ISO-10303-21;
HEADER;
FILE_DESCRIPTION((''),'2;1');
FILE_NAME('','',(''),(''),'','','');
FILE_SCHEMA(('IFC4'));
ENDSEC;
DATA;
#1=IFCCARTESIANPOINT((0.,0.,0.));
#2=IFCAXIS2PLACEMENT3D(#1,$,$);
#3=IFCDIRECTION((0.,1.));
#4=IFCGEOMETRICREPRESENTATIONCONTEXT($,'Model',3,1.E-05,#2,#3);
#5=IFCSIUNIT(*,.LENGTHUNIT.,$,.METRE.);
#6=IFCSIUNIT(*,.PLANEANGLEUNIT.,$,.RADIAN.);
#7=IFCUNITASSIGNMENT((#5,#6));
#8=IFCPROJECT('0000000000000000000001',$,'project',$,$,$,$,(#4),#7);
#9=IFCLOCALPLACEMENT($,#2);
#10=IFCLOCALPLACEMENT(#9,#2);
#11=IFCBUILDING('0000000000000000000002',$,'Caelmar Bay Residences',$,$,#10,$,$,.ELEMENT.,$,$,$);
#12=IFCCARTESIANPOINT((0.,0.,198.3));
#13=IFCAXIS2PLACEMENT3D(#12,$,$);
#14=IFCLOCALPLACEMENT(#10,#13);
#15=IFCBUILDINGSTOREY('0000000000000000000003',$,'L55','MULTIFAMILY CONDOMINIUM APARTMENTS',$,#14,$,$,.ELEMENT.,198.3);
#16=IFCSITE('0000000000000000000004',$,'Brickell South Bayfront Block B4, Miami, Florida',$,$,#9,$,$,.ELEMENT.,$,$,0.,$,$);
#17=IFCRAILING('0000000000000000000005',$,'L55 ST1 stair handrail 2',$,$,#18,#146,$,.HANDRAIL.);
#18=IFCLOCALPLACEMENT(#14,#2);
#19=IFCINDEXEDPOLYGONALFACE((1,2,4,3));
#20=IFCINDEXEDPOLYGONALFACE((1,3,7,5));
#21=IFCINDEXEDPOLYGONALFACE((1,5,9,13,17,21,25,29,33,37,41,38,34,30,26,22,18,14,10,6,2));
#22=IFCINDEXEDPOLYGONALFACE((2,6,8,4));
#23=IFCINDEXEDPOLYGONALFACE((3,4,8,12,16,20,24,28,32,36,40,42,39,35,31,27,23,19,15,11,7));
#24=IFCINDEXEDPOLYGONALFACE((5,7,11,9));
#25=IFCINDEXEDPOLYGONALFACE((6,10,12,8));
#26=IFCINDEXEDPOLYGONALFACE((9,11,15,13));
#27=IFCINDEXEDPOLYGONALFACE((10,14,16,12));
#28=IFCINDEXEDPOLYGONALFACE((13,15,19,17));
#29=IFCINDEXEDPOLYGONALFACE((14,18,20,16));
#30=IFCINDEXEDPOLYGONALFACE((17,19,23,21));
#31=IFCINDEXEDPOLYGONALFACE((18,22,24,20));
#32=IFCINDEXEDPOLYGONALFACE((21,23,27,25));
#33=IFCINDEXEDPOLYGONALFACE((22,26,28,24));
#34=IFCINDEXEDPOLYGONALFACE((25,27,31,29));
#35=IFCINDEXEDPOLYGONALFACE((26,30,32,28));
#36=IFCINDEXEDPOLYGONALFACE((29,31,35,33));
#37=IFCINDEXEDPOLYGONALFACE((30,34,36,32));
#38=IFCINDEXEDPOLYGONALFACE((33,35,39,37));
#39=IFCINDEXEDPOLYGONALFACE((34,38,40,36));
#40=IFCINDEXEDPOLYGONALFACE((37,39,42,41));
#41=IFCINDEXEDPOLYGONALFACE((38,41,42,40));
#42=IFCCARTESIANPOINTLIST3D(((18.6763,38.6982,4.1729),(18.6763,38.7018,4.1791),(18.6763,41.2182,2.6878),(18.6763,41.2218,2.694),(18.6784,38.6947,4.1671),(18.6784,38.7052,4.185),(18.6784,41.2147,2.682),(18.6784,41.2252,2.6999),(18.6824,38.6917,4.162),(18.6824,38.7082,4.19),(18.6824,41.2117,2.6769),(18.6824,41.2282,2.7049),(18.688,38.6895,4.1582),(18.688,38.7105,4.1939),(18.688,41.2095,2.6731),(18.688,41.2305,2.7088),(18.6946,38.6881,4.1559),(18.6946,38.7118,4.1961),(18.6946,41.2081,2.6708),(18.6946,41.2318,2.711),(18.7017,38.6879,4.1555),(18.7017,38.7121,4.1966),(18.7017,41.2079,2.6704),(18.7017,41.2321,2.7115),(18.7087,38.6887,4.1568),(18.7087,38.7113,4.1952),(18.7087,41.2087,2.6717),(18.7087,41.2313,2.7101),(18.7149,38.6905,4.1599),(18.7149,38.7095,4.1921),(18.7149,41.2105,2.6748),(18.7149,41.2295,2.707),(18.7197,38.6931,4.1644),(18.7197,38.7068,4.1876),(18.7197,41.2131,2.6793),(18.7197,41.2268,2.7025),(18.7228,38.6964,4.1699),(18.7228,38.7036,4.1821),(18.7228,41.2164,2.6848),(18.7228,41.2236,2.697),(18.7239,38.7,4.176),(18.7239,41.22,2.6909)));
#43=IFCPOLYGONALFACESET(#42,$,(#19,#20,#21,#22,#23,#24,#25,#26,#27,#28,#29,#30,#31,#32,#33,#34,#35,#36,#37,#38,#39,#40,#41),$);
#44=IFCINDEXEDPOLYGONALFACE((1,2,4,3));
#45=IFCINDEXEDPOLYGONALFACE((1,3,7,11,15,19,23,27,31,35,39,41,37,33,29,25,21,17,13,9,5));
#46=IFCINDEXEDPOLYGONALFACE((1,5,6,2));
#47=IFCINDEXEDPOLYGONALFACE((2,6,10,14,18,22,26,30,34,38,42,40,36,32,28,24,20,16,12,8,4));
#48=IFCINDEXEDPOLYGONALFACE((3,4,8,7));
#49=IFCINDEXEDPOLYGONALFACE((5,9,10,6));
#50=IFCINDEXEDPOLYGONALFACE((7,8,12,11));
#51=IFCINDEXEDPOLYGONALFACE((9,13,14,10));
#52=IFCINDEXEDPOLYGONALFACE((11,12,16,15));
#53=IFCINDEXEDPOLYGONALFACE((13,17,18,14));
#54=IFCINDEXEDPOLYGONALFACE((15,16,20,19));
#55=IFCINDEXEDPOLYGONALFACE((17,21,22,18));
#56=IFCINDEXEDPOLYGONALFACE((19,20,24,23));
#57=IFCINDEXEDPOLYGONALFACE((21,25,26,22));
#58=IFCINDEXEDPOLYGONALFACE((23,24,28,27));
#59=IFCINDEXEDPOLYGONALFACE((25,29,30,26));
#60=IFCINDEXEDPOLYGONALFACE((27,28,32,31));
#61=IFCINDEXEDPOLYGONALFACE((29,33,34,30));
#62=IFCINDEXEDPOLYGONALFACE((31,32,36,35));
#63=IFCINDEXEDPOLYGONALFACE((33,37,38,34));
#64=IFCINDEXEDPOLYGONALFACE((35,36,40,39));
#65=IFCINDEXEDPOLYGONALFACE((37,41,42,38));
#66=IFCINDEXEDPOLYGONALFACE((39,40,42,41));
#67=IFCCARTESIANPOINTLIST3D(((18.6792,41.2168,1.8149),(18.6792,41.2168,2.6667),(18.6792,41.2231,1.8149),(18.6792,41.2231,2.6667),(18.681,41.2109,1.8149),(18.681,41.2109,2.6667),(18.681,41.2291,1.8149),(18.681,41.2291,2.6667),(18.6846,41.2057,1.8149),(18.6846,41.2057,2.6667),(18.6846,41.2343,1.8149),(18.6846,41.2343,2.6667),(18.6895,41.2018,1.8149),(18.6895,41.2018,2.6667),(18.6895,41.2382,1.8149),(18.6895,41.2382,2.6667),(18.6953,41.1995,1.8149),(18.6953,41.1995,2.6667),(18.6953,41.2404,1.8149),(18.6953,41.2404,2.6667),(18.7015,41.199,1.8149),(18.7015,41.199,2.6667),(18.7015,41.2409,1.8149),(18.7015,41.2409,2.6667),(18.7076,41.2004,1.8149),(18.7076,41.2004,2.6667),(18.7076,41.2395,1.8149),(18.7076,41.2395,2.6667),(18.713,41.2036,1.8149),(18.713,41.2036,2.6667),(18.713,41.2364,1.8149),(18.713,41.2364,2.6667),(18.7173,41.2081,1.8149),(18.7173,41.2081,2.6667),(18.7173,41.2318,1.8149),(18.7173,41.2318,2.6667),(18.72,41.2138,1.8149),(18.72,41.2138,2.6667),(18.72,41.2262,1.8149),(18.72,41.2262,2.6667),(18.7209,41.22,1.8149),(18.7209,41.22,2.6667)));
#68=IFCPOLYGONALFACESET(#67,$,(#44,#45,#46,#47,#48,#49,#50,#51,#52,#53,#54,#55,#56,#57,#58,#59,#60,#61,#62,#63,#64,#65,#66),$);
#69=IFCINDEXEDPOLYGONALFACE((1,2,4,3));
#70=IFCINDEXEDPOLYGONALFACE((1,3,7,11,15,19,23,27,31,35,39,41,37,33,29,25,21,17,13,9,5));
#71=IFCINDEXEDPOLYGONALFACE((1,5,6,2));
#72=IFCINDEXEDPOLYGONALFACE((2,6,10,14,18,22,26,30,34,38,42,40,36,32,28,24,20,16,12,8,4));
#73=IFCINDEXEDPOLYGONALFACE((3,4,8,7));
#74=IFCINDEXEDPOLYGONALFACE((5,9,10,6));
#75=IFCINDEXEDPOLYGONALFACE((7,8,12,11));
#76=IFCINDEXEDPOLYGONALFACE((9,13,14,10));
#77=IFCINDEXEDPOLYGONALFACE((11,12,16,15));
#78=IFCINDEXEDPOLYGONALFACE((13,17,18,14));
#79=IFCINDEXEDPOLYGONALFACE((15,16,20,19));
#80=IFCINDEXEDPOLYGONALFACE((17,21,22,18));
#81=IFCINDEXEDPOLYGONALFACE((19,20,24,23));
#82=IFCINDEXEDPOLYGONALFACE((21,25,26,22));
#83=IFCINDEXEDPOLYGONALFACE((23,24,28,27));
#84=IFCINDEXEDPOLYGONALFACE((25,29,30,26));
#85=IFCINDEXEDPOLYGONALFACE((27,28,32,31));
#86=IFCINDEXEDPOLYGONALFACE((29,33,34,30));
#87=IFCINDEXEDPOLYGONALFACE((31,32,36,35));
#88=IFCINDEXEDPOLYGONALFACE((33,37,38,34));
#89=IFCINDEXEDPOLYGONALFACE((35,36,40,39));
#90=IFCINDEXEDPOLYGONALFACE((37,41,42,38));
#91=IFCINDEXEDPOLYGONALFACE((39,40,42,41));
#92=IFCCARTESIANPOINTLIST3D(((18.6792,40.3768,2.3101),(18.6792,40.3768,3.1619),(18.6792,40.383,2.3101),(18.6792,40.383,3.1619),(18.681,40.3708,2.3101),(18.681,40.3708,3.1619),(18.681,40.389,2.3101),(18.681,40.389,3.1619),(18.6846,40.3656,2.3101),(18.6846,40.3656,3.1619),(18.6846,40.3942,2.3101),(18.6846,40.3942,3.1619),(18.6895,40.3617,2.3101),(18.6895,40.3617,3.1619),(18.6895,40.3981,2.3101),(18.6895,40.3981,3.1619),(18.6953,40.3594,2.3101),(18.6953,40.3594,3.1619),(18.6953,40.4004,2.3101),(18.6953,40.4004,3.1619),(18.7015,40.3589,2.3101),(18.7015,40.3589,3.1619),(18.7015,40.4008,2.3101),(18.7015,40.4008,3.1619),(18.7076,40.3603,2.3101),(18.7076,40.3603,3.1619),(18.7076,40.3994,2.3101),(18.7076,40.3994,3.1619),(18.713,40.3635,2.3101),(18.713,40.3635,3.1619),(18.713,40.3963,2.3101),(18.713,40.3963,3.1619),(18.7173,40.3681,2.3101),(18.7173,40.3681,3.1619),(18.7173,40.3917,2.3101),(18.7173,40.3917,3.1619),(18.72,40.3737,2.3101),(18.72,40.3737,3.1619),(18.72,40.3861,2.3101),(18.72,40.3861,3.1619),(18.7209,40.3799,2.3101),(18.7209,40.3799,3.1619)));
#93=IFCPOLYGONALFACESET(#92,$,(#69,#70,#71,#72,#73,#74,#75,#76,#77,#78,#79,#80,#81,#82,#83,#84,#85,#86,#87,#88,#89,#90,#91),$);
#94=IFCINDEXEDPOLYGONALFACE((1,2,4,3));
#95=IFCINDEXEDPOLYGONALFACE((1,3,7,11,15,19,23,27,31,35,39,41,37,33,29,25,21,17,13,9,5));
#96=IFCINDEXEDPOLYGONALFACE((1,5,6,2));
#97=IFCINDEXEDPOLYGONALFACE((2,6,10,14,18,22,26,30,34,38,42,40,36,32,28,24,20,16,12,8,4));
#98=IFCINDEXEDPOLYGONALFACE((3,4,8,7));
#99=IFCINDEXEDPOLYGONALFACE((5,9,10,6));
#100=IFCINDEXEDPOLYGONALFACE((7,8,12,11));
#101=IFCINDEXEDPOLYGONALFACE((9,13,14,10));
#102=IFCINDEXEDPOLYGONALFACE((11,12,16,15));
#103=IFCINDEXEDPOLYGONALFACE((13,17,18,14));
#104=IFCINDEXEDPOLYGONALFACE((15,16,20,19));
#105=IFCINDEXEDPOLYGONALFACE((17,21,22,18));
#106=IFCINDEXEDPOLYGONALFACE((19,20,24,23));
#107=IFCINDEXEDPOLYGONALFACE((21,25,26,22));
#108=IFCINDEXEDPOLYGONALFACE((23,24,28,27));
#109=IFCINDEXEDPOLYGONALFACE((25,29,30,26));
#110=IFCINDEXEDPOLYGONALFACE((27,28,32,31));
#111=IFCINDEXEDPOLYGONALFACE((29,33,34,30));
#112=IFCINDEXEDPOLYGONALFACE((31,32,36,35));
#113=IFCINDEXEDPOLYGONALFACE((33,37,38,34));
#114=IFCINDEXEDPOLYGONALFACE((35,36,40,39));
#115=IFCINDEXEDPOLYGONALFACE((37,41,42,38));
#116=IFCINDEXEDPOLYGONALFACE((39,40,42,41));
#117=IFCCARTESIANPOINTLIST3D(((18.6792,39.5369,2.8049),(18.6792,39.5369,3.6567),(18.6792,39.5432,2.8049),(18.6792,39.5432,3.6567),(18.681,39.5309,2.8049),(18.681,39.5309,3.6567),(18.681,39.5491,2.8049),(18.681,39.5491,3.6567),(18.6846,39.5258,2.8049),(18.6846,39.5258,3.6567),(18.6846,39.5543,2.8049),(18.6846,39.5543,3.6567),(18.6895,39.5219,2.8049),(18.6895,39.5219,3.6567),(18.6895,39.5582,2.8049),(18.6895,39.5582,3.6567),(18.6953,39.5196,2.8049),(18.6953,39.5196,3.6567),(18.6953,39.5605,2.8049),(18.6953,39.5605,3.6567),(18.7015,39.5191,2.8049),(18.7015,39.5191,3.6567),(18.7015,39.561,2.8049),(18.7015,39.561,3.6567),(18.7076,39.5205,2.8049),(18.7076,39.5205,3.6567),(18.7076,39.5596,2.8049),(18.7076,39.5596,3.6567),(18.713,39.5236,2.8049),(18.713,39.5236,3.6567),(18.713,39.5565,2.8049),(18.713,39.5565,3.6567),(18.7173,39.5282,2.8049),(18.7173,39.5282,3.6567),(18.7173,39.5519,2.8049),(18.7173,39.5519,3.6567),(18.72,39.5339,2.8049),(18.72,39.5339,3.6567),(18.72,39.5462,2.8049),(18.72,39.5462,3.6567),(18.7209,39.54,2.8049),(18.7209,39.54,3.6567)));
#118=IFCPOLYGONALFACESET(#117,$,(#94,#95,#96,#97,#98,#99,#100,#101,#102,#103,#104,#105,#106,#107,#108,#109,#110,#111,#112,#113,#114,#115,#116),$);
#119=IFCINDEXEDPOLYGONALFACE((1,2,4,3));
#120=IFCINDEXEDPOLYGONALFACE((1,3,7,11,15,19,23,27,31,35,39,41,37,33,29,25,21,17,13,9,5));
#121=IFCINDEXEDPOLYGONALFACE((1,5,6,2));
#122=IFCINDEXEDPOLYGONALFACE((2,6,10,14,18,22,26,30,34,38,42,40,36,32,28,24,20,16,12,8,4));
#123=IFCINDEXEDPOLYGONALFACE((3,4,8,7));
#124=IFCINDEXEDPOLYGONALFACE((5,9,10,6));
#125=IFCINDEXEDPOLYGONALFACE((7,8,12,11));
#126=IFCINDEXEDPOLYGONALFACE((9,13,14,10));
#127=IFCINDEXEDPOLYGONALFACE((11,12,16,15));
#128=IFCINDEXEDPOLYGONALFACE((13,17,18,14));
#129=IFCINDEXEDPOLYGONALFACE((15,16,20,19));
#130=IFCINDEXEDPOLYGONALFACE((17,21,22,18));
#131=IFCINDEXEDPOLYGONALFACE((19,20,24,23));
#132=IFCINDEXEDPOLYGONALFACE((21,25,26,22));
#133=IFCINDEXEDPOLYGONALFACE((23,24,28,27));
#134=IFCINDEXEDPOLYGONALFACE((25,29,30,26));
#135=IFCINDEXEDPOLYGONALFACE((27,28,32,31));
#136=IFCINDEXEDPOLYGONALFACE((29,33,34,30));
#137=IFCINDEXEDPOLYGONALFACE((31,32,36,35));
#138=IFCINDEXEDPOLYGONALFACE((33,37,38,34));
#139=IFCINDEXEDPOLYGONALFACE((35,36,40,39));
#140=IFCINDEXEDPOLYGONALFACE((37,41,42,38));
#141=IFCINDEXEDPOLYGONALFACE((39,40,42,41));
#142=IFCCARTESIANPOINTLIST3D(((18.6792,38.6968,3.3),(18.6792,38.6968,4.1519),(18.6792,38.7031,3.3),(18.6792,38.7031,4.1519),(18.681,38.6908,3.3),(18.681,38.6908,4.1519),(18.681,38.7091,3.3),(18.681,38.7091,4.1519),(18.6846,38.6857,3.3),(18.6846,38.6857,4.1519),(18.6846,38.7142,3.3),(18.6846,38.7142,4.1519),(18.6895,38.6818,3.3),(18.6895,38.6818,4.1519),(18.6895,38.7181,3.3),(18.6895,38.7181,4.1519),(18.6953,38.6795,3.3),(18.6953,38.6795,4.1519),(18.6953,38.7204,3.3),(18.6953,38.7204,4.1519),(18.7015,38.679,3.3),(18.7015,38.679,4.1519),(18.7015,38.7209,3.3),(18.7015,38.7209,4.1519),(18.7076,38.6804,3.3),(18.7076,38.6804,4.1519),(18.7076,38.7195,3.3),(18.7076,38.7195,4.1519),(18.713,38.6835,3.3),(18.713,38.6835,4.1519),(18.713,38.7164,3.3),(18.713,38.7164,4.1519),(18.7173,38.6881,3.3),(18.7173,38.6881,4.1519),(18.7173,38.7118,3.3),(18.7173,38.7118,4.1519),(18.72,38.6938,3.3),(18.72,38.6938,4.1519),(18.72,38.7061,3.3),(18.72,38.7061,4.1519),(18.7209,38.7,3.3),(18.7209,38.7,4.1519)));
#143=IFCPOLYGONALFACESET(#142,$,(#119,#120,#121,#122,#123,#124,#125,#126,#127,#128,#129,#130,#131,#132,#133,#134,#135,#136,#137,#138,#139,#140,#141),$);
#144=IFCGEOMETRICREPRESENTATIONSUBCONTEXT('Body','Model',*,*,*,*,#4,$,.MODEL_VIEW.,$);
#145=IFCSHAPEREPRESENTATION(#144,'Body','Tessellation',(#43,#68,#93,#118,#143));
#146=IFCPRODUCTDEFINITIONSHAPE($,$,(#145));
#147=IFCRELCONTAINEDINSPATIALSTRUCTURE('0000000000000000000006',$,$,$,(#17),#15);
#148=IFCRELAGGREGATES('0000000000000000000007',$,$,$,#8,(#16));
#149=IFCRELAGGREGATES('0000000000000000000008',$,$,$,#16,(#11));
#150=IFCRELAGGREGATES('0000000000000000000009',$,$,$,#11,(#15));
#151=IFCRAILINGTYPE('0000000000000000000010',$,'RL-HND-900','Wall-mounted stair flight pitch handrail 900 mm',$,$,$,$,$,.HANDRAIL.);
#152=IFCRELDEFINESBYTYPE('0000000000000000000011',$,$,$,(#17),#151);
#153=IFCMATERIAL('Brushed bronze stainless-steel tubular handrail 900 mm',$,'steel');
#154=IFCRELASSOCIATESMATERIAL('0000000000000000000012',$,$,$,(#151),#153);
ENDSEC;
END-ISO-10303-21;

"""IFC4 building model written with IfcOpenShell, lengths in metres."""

from ifc_helpers import new_model, si_unit, direction, frame, origin, origin_2d, place, context, subcontext, project, spatial, circle, extrude, material, type_object, element, save


model = new_model("IFC4")

# Units and contexts
model_context = context("Model", 3, precision=1e-05, world=origin(), true_north=direction((0.0, 1.0)))
body_context = subcontext(model_context, "Body", "Model", "MODEL_VIEW")
ifc_project = project(units=[si_unit("LENGTHUNIT", "METRE"), si_unit("PLANEANGLEUNIT", "RADIAN")], contexts=[model_context])

# Site, building, storey
site_placement = place(None, origin())
site = spatial("IfcSite", under=ifc_project, at=site_placement, Name="Brickell South Bayfront Block B4, Miami, Florida", CompositionType="ELEMENT", RefElevation=0.0)
building_placement = place(site_placement, origin())
building = spatial("IfcBuilding", under=site, at=building_placement, Name="Caelmar Bay Residences", CompositionType="ELEMENT")
storey_placement = place(building_placement, frame((0.0, 0.0, 198.3)))
storey = spatial("IfcBuildingStorey", under=building, at=storey_placement, Name="L55", Description="MULTIFAMILY CONDOMINIUM APARTMENTS", CompositionType="ELEMENT", Elevation=198.3)

# Railing
ifc_material_1 = material(Name="Brushed bronze stainless-steel tubular handrail 900 mm", Category="steel")
railing_type_1 = type_object("IfcRailingType", Name="RL-HND-900", Description="Wall-mounted stair flight pitch handrail 900 mm", PredefinedType="HANDRAIL", material=ifc_material_1)
railing_1_placement = place(storey_placement, frame((18.7, 41.22, 1.8149)))
element("IfcRailing", 1, at=railing_1_placement, inside=storey, type_object=railing_type_1, Name="L55 ST1 stair handrail 2", PredefinedType="HANDRAIL", context=body_context, shape_type="SweptSolid", body=[
    extrude(circle(Radius=0.0239, at=origin_2d()), frame((0.0, 0.0, 0.876), z_axis=(0.0, -0.861524, 0.507717), x_axis=(1.0, 0.0, 0.0)), (0.0, 0.0, 1.0), 2.925),
    extrude(circle(Radius=0.021, at=origin_2d()), origin(), (0.0, 0.0, 1.0), 0.8518),
    extrude(circle(Radius=0.021, at=origin_2d()), frame((0.0, -0.8401, 0.4951)), (0.0, 0.0, 1.0), 0.8518),
    extrude(circle(Radius=0.021, at=origin_2d()), frame((0.0, -1.6799, 0.99)), (0.0, 0.0, 1.0), 0.8518),
    extrude(circle(Radius=0.021, at=origin_2d()), frame((0.0, -2.52, 1.4851)), (0.0, 0.0, 1.0), 0.8518),
])

save(model, "model.ifc")
